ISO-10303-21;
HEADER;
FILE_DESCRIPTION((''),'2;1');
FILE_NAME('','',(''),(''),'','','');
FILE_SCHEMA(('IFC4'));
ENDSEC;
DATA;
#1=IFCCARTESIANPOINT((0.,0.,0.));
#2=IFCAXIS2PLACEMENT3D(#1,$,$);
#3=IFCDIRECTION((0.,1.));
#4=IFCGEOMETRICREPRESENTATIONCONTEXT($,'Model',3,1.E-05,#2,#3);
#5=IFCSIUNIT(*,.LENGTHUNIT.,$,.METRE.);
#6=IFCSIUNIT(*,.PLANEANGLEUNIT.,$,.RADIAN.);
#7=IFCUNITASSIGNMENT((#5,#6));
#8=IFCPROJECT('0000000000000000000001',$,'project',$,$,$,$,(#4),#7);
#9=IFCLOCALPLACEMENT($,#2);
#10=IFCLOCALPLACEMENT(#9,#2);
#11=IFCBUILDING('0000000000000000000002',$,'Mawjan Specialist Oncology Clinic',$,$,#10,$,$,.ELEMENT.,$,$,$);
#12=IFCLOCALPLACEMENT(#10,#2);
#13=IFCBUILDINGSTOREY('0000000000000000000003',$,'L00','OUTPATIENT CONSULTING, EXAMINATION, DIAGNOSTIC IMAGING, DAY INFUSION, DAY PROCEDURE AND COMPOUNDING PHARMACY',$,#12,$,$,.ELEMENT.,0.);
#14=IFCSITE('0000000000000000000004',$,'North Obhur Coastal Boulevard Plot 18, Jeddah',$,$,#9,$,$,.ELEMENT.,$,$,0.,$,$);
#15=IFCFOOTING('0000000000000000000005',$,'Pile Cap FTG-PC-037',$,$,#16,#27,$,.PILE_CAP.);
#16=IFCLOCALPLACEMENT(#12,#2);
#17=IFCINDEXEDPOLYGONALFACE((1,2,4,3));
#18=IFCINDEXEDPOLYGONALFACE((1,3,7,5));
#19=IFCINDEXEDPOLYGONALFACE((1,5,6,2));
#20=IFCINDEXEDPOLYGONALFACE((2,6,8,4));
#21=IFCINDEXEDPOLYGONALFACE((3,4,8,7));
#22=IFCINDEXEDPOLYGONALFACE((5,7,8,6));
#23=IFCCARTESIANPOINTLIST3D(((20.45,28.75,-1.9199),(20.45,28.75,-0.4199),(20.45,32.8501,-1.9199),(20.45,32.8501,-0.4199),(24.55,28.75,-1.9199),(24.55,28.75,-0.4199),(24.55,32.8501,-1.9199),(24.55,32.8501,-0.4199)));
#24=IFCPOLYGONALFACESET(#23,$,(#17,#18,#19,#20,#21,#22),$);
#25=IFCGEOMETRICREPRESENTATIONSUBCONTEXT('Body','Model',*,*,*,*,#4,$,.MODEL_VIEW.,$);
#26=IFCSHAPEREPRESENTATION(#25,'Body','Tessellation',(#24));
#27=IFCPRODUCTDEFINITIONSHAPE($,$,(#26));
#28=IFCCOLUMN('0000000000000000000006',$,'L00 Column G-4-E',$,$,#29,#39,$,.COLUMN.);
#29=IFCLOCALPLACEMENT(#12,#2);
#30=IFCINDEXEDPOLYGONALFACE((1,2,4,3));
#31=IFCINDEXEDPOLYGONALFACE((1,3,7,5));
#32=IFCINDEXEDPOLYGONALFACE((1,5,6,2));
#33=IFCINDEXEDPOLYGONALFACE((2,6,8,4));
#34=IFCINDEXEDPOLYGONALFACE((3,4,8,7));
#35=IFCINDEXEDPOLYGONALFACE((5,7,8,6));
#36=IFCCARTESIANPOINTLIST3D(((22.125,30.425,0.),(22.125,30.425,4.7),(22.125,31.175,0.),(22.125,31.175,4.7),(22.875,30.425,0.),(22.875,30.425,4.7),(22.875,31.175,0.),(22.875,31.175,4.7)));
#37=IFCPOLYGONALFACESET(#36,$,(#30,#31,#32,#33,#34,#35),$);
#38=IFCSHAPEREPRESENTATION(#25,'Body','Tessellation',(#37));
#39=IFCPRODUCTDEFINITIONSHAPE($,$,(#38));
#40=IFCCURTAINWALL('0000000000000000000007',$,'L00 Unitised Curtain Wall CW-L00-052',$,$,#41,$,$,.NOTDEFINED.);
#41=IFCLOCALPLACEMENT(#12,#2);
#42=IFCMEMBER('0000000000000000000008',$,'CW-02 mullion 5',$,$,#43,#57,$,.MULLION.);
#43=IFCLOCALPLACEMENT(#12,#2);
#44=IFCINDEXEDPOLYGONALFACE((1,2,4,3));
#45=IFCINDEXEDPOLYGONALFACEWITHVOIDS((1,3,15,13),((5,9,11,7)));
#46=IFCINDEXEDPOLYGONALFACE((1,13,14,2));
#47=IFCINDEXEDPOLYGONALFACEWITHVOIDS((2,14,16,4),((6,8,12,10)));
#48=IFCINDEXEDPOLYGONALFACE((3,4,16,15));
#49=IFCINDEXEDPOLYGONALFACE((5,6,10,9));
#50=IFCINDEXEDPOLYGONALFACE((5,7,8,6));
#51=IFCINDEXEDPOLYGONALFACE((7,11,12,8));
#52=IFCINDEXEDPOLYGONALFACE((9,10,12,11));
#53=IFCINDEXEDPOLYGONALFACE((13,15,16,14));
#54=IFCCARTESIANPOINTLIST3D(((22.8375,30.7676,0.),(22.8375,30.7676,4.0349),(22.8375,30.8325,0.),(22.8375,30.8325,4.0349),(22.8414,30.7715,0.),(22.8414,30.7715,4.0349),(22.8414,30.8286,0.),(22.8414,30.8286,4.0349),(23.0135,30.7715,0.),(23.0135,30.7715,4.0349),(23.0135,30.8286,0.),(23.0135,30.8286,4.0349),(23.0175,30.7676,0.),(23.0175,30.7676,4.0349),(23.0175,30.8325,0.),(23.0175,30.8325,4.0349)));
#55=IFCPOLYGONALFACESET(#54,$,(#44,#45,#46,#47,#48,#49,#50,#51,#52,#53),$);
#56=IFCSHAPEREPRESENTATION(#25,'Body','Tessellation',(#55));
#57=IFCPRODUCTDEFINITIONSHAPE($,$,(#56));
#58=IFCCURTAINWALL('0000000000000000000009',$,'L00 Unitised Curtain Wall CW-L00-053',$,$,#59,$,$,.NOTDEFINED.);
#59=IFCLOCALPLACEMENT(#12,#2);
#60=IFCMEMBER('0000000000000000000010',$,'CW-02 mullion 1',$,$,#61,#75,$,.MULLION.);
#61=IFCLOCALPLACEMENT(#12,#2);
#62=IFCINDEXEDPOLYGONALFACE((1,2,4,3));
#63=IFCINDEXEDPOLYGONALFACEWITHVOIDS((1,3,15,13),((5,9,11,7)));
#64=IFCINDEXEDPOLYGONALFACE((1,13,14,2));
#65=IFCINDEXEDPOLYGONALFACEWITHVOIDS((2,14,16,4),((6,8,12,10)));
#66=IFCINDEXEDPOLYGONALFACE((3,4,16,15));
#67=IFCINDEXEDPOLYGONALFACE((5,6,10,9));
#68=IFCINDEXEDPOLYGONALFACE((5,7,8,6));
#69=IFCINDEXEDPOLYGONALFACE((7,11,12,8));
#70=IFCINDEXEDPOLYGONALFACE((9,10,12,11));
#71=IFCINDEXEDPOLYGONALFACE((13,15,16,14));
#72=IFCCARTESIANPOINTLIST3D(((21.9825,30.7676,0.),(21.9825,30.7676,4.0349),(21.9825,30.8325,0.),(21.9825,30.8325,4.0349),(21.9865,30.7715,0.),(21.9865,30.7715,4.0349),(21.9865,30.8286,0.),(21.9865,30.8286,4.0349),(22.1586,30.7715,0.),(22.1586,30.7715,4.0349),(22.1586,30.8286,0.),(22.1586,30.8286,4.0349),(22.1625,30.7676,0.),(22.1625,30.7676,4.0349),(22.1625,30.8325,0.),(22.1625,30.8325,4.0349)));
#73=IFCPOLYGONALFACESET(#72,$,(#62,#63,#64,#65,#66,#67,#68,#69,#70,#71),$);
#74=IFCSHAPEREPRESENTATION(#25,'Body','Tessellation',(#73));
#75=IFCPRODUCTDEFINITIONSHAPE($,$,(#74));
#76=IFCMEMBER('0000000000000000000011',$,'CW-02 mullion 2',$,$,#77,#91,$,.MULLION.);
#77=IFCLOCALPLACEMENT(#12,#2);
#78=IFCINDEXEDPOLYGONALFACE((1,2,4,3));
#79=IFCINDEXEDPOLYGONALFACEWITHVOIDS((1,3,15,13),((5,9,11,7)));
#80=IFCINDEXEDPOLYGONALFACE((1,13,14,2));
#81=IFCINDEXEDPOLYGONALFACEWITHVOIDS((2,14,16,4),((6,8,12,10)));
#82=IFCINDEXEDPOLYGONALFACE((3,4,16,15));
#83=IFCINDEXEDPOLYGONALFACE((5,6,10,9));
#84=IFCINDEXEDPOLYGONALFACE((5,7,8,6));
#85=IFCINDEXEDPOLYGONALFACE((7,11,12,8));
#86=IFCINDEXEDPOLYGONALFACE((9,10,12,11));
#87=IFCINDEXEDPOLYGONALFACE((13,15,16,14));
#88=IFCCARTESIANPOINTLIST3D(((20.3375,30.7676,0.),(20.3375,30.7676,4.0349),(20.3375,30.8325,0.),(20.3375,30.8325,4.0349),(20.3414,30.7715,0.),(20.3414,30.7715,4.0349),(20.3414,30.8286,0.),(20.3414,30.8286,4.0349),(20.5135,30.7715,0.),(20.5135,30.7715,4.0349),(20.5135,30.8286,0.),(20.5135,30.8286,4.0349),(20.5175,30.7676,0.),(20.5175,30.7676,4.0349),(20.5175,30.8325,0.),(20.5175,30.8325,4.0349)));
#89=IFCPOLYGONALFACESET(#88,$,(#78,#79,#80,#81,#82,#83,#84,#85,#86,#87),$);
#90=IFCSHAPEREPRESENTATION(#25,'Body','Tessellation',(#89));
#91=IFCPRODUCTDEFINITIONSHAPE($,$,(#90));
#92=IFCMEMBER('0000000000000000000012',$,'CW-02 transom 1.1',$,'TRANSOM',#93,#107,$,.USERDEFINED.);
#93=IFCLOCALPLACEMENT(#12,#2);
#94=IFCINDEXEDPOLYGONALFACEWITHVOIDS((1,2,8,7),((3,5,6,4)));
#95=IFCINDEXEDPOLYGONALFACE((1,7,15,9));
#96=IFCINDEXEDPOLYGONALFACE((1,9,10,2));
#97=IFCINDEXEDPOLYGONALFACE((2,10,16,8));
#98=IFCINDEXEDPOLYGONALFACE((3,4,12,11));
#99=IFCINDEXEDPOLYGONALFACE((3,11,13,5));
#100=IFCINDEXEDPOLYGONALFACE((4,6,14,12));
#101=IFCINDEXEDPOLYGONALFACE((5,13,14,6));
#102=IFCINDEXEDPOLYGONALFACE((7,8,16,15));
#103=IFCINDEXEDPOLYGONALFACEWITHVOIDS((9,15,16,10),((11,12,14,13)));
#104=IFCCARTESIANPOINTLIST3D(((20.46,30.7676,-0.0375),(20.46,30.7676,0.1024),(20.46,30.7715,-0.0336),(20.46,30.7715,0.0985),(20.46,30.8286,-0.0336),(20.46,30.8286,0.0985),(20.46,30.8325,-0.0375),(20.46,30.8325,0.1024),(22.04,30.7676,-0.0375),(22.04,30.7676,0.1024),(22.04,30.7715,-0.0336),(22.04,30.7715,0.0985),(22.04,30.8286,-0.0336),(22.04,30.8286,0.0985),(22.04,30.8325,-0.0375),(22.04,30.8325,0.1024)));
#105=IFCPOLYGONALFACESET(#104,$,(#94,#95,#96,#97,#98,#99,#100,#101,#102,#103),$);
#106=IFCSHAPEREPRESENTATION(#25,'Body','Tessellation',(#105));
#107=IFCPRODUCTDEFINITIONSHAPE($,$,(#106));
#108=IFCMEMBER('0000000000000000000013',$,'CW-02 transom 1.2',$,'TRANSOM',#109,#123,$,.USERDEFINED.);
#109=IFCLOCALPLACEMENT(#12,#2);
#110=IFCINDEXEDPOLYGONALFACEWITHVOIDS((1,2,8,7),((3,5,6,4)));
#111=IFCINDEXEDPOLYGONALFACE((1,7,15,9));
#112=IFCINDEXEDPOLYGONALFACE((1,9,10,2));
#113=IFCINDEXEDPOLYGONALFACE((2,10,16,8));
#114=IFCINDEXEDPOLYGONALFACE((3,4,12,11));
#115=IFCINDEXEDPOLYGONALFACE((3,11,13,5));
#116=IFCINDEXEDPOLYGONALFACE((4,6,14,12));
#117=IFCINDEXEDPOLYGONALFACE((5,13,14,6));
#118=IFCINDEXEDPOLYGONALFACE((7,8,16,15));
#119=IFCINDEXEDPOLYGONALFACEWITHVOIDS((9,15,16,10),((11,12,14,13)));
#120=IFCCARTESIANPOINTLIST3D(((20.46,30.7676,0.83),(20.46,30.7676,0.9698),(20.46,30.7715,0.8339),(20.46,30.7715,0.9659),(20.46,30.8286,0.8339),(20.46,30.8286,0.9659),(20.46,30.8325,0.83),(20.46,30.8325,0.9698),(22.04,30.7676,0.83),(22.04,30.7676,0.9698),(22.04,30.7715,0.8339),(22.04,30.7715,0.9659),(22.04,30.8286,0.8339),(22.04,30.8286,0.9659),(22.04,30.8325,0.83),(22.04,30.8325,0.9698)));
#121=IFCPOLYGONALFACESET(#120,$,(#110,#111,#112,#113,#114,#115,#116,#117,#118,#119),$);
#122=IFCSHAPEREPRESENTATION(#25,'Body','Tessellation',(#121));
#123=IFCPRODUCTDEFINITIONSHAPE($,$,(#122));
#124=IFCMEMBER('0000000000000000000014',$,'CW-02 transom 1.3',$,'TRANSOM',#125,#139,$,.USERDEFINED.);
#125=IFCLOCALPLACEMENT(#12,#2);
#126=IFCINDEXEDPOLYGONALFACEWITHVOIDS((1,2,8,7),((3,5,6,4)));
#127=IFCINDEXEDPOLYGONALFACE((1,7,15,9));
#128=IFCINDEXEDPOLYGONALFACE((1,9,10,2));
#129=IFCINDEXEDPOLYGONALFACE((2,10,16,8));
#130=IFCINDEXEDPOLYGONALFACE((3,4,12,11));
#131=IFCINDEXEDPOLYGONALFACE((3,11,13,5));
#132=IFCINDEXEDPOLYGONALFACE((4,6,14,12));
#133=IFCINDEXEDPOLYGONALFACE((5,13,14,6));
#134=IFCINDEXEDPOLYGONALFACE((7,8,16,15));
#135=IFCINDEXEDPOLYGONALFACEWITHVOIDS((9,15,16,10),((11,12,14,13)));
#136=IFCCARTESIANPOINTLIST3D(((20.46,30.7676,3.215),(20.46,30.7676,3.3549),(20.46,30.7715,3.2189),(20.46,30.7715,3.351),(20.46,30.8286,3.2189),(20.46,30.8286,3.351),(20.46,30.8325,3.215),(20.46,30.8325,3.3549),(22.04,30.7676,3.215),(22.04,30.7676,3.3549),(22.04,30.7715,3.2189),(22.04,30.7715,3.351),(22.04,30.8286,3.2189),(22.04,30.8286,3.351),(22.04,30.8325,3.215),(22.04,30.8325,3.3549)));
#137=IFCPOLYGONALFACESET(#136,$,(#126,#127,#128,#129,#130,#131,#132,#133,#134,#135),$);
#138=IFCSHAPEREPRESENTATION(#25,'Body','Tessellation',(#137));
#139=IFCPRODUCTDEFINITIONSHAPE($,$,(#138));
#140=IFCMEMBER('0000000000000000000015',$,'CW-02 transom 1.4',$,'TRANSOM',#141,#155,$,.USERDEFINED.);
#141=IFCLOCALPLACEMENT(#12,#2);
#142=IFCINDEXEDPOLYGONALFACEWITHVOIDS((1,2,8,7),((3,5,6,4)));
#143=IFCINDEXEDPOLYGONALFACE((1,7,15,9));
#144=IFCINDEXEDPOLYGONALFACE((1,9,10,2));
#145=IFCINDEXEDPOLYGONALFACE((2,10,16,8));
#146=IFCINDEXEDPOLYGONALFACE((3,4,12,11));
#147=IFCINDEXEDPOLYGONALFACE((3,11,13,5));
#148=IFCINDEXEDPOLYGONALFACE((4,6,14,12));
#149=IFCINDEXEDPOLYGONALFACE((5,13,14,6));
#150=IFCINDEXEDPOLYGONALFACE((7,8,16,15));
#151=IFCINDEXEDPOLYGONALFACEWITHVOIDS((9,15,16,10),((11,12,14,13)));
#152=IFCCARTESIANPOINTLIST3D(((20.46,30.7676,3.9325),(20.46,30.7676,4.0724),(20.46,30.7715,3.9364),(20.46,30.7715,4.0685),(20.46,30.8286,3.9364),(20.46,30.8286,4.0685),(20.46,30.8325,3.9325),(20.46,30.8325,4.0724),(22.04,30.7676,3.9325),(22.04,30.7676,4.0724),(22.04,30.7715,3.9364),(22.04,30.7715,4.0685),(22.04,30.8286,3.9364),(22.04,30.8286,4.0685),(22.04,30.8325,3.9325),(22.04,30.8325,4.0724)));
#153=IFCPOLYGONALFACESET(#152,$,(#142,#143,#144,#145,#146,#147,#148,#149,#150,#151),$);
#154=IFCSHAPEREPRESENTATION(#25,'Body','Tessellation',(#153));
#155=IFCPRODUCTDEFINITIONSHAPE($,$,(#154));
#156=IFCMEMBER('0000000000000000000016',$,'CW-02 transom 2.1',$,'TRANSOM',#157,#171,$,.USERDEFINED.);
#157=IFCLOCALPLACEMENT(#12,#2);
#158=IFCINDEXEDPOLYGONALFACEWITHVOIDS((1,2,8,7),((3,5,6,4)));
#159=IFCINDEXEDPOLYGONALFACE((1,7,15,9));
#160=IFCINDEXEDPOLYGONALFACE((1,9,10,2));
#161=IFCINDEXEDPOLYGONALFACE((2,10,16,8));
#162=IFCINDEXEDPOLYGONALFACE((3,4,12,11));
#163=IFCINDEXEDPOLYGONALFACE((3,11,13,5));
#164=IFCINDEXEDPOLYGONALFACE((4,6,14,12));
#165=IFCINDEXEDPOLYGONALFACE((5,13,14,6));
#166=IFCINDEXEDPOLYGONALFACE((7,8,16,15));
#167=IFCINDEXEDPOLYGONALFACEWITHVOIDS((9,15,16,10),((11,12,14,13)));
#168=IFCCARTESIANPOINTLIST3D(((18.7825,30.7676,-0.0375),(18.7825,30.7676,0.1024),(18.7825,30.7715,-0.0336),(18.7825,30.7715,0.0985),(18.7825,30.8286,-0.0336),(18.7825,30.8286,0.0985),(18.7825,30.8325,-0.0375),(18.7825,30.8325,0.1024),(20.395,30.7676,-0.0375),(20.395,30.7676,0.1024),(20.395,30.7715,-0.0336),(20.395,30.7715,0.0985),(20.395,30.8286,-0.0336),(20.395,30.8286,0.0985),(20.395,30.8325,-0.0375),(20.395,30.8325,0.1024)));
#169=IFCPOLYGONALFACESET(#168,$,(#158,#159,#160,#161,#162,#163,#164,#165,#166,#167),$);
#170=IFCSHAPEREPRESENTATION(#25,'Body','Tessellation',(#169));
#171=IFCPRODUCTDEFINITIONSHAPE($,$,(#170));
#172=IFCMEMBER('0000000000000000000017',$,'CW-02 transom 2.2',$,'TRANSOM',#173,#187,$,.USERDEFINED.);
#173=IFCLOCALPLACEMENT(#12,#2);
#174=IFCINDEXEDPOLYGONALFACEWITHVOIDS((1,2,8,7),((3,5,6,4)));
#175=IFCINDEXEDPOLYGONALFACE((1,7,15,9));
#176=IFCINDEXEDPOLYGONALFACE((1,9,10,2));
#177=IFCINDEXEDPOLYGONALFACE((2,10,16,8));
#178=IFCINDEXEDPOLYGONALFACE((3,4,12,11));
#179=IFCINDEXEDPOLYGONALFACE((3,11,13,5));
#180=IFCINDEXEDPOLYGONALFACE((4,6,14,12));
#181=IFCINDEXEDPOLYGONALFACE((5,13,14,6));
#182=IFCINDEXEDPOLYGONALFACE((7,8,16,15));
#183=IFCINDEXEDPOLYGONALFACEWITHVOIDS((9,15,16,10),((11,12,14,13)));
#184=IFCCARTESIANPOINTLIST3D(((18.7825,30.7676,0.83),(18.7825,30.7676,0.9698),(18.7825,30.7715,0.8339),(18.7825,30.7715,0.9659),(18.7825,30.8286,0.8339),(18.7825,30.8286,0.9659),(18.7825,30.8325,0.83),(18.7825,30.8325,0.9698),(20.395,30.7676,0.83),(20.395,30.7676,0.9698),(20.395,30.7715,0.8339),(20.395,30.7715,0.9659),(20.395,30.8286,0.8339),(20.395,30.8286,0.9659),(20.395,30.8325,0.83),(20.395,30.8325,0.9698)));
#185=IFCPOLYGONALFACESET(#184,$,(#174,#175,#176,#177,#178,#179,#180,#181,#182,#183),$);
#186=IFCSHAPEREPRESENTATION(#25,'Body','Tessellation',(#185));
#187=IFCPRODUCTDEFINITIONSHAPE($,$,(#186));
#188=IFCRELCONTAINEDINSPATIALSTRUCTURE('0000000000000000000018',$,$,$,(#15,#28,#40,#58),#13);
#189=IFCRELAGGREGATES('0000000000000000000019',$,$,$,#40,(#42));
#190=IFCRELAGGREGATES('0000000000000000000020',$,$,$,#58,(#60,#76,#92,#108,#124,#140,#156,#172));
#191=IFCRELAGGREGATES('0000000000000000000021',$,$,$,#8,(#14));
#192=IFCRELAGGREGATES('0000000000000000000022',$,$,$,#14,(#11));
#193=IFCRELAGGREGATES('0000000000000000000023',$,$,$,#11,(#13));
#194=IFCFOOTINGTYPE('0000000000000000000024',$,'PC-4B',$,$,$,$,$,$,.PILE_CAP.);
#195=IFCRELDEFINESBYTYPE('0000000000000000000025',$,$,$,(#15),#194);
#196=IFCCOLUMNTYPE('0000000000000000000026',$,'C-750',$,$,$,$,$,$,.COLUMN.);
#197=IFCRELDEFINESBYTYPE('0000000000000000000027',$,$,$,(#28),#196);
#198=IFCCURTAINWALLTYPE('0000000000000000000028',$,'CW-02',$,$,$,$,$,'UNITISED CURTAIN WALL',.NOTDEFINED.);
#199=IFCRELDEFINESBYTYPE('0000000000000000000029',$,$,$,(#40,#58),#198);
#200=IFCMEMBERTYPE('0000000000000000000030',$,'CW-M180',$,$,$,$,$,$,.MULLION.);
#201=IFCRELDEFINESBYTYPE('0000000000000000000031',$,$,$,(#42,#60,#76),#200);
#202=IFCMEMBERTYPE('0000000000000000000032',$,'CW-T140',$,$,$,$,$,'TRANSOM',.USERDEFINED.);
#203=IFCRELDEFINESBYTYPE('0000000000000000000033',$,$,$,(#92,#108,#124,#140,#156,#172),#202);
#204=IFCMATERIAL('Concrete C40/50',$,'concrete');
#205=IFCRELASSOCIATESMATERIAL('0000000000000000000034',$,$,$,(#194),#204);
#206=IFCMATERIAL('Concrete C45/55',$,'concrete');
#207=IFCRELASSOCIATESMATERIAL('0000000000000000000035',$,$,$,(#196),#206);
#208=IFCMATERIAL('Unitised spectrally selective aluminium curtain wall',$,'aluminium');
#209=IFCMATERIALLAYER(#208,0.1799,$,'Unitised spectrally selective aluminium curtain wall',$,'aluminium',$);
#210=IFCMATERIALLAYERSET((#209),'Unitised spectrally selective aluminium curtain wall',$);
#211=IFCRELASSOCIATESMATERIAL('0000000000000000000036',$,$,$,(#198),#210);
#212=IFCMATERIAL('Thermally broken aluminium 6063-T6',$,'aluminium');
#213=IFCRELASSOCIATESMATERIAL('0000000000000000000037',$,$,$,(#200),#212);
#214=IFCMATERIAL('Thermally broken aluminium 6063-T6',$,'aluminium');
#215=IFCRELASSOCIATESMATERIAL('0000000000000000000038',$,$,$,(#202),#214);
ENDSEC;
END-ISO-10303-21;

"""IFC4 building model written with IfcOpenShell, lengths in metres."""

from ifc_helpers import new_model, si_unit, direction, frame, origin, origin_2d, place, context, subcontext, project, spatial, rectangle, hollow_rectangle, extrude, material, layer, layer_set, material_profile, profile_set, type_object, element, aggregate, save


model = new_model("IFC4")

# Units and contexts
model_context = context("Model", 3, precision=1e-05, world=origin(), true_north=direction((0.0, 1.0)))
body_context = subcontext(model_context, "Body", "Model", "MODEL_VIEW")
ifc_project = project(units=[si_unit("LENGTHUNIT", "METRE"), si_unit("PLANEANGLEUNIT", "RADIAN")], contexts=[model_context])

# Site, building, storey
site_placement = place(None, origin())
site = spatial("IfcSite", under=ifc_project, at=site_placement, Name="North Obhur Coastal Boulevard Plot 18, Jeddah", CompositionType="ELEMENT", RefElevation=0.0)
building_placement = place(site_placement, origin())
building = spatial("IfcBuilding", under=site, at=building_placement, Name="Mawjan Specialist Oncology Clinic", CompositionType="ELEMENT")
storey_placement = place(building_placement, origin())
storey = spatial("IfcBuildingStorey", under=building, at=storey_placement, Name="L00", Description="OUTPATIENT CONSULTING, EXAMINATION, DIAGNOSTIC IMAGING, DAY INFUSION, DAY PROCEDURE AND COMPOUNDING PHARMACY", CompositionType="ELEMENT", Elevation=0.0)

# Footing
ifc_material_1 = material(Name="Concrete C40/50", Category="concrete")
footing_type = type_object("IfcFootingType", Name="PC-4B", PredefinedType="PILE_CAP", material=ifc_material_1)
footing_placement = place(storey_placement, frame((22.5, 30.8, -1.9199), z_axis=(0.0, 0.0, 1.0), x_axis=(1.0, 0.0, 0.0)))
element("IfcFooting", 1, at=footing_placement, inside=storey, type_object=footing_type, Name="Pile Cap FTG-PC-037", PredefinedType="PILE_CAP", context=body_context, shape_type="SweptSolid", body=[
    extrude(rectangle(XDim=4.1001, YDim=4.1001, at=origin_2d()), origin(), (0.0, 0.0, 1.0), 1.5),
])

# Column
ifc_material_2 = material(Name="Concrete C45/55", Category="concrete")
ifc_material_profile_1 = material_profile(ifc_material_2, rectangle(XDim=0.75, YDim=0.75, at=origin_2d()), Name="RC COL 750x750", Category="concrete")
ifc_profile_set_1 = profile_set([ifc_material_profile_1], Name="Concrete C45/55")
column_type = type_object("IfcColumnType", Name="C-750", PredefinedType="COLUMN", material=ifc_profile_set_1)
column_placement = place(storey_placement, frame((22.5, 30.8, 0.0), z_axis=(0.0, 0.0, 1.0), x_axis=(1.0, 0.0, 0.0)))
element("IfcColumn", 2, at=column_placement, inside=storey, type_object=column_type, Name="L00 Column G-4-E", PredefinedType="COLUMN", context=body_context, shape_type="SweptSolid", body=[
    extrude(rectangle(XDim=0.75, YDim=0.75, at=origin_2d()), origin(), (0.0, 0.0, 1.0), 4.7),
])

# Curtain wall, member
ifc_material_3 = material(Name="Unitised spectrally selective aluminium curtain wall", Category="aluminium")
ifc_layer_1 = layer(ifc_material_3, 0.1799, Name="Unitised spectrally selective aluminium curtain wall", Category="aluminium")
ifc_layer_set_1 = layer_set([ifc_layer_1], Name="Unitised spectrally selective aluminium curtain wall")
curtain_wall_type = type_object("IfcCurtainWallType", Name="CW-02", ElementType="UNITISED CURTAIN WALL", PredefinedType="NOTDEFINED", material=ifc_layer_set_1)
curtain_wall_1_placement = place(storey_placement, origin())
curtain_wall_1 = element("IfcCurtainWall", 3, at=curtain_wall_1_placement, inside=storey, type_object=curtain_wall_type, Name="L00 Unitised Curtain Wall CW-L00-052", PredefinedType="NOTDEFINED")
ifc_material_4 = material(Name="Thermally broken aluminium 6063-T6", Category="aluminium")
ifc_material_profile_2 = material_profile(ifc_material_4, hollow_rectangle(XDim=0.0649, YDim=0.1799, WallThickness=0.0039, at=origin_2d()), Name="ALU MULLION 180x65x4", Category="aluminium")
ifc_profile_set_2 = profile_set([ifc_material_profile_2], Name="Thermally broken aluminium 6063-T6")
member_type_1 = type_object("IfcMemberType", Name="CW-M180", PredefinedType="MULLION", material=ifc_profile_set_2)
member_1_placement = place(storey_placement, frame((22.9275, 30.8, 0.0), z_axis=(0.0, 0.0, 1.0), x_axis=(0.0, -1.0, 0.0)))
member_1 = element("IfcMember", 4, at=member_1_placement, type_object=member_type_1, Name="CW-02 mullion 5", PredefinedType="MULLION", context=body_context, shape_type="SweptSolid", body=[
    extrude(hollow_rectangle(XDim=0.0649, YDim=0.1799, WallThickness=0.0039, at=origin_2d()), origin(), (0.0, 0.0, 1.0), 4.0349),
])

# Curtain wall, members
curtain_wall_2_placement = place(storey_placement, origin())
curtain_wall_2 = element("IfcCurtainWall", 5, at=curtain_wall_2_placement, inside=storey, type_object=curtain_wall_type, Name="L00 Unitised Curtain Wall CW-L00-053", PredefinedType="NOTDEFINED")
member_2_placement = place(storey_placement, frame((22.0725, 30.8, 0.0), z_axis=(0.0, 0.0, 1.0), x_axis=(0.0, -1.0, 0.0)))
member_2 = element("IfcMember", 6, at=member_2_placement, type_object=member_type_1, Name="CW-02 mullion 1", PredefinedType="MULLION", context=body_context, shape_type="SweptSolid", body=[
    extrude(hollow_rectangle(XDim=0.0649, YDim=0.1799, WallThickness=0.0039, at=origin_2d()), origin(), (0.0, 0.0, 1.0), 4.0349),
])
member_3_placement = place(storey_placement, frame((20.4275, 30.8, 0.0), z_axis=(0.0, 0.0, 1.0), x_axis=(0.0, -1.0, 0.0)))
member_3 = element("IfcMember", 7, at=member_3_placement, type_object=member_type_1, Name="CW-02 mullion 2", PredefinedType="MULLION", context=body_context, shape_type="SweptSolid", body=[
    extrude(hollow_rectangle(XDim=0.0649, YDim=0.1799, WallThickness=0.0039, at=origin_2d()), origin(), (0.0, 0.0, 1.0), 4.0349),
])
ifc_material_5 = material(Name="Thermally broken aluminium 6063-T6", Category="aluminium")
ifc_material_profile_3 = material_profile(ifc_material_5, hollow_rectangle(XDim=0.0649, YDim=0.1399, WallThickness=0.0039, at=origin_2d()), Name="ALU TRANSOM 140x65x4", Category="aluminium")
ifc_profile_set_3 = profile_set([ifc_material_profile_3], Name="Thermally broken aluminium 6063-T6")
member_type_2 = type_object("IfcMemberType", Name="CW-T140", ElementType="TRANSOM", PredefinedType="USERDEFINED", material=ifc_profile_set_3)
member_4_placement = place(storey_placement, frame((22.04, 30.8, 0.0325), z_axis=(-1.0, 0.0, 0.0), x_axis=(0.0, -1.0, 0.0)))
member_4 = element("IfcMember", 8, at=member_4_placement, type_object=member_type_2, Name="CW-02 transom 1.1", ObjectType="TRANSOM", PredefinedType="USERDEFINED", context=body_context, shape_type="SweptSolid", body=[
    extrude(hollow_rectangle(XDim=0.0649, YDim=0.1399, WallThickness=0.0039, at=origin_2d()), origin(), (0.0, 0.0, 1.0), 1.5801),
])
member_5_placement = place(storey_placement, frame((22.04, 30.8, 0.8999), z_axis=(-1.0, 0.0, 0.0), x_axis=(0.0, -1.0, 0.0)))
member_5 = element("IfcMember", 9, at=member_5_placement, type_object=member_type_2, Name="CW-02 transom 1.2", ObjectType="TRANSOM", PredefinedType="USERDEFINED", context=body_context, shape_type="SweptSolid", body=[
    extrude(hollow_rectangle(XDim=0.0649, YDim=0.1399, WallThickness=0.0039, at=origin_2d()), origin(), (0.0, 0.0, 1.0), 1.5801),
])
member_6_placement = place(storey_placement, frame((22.04, 30.8, 3.2849), z_axis=(-1.0, 0.0, 0.0), x_axis=(0.0, -1.0, 0.0)))
member_6 = element("IfcMember", 10, at=member_6_placement, type_object=member_type_2, Name="CW-02 transom 1.3", ObjectType="TRANSOM", PredefinedType="USERDEFINED", context=body_context, shape_type="SweptSolid", body=[
    extrude(hollow_rectangle(XDim=0.0649, YDim=0.1399, WallThickness=0.0039, at=origin_2d()), origin(), (0.0, 0.0, 1.0), 1.5801),
])
member_7_placement = place(storey_placement, frame((22.04, 30.8, 4.0024), z_axis=(-1.0, 0.0, 0.0), x_axis=(0.0, -1.0, 0.0)))
member_7 = element("IfcMember", 11, at=member_7_placement, type_object=member_type_2, Name="CW-02 transom 1.4", ObjectType="TRANSOM", PredefinedType="USERDEFINED", context=body_context, shape_type="SweptSolid", body=[
    extrude(hollow_rectangle(XDim=0.0649, YDim=0.1399, WallThickness=0.0039, at=origin_2d()), origin(), (0.0, 0.0, 1.0), 1.5801),
])
member_8_placement = place(storey_placement, frame((20.395, 30.8, 0.0325), z_axis=(-1.0, 0.0, 0.0), x_axis=(0.0, -1.0, 0.0)))
member_8 = element("IfcMember", 12, at=member_8_placement, type_object=member_type_2, Name="CW-02 transom 2.1", ObjectType="TRANSOM", PredefinedType="USERDEFINED", context=body_context, shape_type="SweptSolid", body=[
    extrude(hollow_rectangle(XDim=0.0649, YDim=0.1399, WallThickness=0.0039, at=origin_2d()), origin(), (0.0, 0.0, 1.0), 1.6125),
])
member_9_placement = place(storey_placement, frame((20.395, 30.8, 0.8999), z_axis=(-1.0, 0.0, 0.0), x_axis=(0.0, -1.0, 0.0)))
member_9 = element("IfcMember", 13, at=member_9_placement, type_object=member_type_2, Name="CW-02 transom 2.2", ObjectType="TRANSOM", PredefinedType="USERDEFINED", context=body_context, shape_type="SweptSolid", body=[
    extrude(hollow_rectangle(XDim=0.0649, YDim=0.1399, WallThickness=0.0039, at=origin_2d()), origin(), (0.0, 0.0, 1.0), 1.6125),
])

aggregate(curtain_wall_1, [member_1])
aggregate(curtain_wall_2, [member_2, member_3, member_4, member_5, member_6, member_7, member_8, member_9])

save(model, "model.ifc")
